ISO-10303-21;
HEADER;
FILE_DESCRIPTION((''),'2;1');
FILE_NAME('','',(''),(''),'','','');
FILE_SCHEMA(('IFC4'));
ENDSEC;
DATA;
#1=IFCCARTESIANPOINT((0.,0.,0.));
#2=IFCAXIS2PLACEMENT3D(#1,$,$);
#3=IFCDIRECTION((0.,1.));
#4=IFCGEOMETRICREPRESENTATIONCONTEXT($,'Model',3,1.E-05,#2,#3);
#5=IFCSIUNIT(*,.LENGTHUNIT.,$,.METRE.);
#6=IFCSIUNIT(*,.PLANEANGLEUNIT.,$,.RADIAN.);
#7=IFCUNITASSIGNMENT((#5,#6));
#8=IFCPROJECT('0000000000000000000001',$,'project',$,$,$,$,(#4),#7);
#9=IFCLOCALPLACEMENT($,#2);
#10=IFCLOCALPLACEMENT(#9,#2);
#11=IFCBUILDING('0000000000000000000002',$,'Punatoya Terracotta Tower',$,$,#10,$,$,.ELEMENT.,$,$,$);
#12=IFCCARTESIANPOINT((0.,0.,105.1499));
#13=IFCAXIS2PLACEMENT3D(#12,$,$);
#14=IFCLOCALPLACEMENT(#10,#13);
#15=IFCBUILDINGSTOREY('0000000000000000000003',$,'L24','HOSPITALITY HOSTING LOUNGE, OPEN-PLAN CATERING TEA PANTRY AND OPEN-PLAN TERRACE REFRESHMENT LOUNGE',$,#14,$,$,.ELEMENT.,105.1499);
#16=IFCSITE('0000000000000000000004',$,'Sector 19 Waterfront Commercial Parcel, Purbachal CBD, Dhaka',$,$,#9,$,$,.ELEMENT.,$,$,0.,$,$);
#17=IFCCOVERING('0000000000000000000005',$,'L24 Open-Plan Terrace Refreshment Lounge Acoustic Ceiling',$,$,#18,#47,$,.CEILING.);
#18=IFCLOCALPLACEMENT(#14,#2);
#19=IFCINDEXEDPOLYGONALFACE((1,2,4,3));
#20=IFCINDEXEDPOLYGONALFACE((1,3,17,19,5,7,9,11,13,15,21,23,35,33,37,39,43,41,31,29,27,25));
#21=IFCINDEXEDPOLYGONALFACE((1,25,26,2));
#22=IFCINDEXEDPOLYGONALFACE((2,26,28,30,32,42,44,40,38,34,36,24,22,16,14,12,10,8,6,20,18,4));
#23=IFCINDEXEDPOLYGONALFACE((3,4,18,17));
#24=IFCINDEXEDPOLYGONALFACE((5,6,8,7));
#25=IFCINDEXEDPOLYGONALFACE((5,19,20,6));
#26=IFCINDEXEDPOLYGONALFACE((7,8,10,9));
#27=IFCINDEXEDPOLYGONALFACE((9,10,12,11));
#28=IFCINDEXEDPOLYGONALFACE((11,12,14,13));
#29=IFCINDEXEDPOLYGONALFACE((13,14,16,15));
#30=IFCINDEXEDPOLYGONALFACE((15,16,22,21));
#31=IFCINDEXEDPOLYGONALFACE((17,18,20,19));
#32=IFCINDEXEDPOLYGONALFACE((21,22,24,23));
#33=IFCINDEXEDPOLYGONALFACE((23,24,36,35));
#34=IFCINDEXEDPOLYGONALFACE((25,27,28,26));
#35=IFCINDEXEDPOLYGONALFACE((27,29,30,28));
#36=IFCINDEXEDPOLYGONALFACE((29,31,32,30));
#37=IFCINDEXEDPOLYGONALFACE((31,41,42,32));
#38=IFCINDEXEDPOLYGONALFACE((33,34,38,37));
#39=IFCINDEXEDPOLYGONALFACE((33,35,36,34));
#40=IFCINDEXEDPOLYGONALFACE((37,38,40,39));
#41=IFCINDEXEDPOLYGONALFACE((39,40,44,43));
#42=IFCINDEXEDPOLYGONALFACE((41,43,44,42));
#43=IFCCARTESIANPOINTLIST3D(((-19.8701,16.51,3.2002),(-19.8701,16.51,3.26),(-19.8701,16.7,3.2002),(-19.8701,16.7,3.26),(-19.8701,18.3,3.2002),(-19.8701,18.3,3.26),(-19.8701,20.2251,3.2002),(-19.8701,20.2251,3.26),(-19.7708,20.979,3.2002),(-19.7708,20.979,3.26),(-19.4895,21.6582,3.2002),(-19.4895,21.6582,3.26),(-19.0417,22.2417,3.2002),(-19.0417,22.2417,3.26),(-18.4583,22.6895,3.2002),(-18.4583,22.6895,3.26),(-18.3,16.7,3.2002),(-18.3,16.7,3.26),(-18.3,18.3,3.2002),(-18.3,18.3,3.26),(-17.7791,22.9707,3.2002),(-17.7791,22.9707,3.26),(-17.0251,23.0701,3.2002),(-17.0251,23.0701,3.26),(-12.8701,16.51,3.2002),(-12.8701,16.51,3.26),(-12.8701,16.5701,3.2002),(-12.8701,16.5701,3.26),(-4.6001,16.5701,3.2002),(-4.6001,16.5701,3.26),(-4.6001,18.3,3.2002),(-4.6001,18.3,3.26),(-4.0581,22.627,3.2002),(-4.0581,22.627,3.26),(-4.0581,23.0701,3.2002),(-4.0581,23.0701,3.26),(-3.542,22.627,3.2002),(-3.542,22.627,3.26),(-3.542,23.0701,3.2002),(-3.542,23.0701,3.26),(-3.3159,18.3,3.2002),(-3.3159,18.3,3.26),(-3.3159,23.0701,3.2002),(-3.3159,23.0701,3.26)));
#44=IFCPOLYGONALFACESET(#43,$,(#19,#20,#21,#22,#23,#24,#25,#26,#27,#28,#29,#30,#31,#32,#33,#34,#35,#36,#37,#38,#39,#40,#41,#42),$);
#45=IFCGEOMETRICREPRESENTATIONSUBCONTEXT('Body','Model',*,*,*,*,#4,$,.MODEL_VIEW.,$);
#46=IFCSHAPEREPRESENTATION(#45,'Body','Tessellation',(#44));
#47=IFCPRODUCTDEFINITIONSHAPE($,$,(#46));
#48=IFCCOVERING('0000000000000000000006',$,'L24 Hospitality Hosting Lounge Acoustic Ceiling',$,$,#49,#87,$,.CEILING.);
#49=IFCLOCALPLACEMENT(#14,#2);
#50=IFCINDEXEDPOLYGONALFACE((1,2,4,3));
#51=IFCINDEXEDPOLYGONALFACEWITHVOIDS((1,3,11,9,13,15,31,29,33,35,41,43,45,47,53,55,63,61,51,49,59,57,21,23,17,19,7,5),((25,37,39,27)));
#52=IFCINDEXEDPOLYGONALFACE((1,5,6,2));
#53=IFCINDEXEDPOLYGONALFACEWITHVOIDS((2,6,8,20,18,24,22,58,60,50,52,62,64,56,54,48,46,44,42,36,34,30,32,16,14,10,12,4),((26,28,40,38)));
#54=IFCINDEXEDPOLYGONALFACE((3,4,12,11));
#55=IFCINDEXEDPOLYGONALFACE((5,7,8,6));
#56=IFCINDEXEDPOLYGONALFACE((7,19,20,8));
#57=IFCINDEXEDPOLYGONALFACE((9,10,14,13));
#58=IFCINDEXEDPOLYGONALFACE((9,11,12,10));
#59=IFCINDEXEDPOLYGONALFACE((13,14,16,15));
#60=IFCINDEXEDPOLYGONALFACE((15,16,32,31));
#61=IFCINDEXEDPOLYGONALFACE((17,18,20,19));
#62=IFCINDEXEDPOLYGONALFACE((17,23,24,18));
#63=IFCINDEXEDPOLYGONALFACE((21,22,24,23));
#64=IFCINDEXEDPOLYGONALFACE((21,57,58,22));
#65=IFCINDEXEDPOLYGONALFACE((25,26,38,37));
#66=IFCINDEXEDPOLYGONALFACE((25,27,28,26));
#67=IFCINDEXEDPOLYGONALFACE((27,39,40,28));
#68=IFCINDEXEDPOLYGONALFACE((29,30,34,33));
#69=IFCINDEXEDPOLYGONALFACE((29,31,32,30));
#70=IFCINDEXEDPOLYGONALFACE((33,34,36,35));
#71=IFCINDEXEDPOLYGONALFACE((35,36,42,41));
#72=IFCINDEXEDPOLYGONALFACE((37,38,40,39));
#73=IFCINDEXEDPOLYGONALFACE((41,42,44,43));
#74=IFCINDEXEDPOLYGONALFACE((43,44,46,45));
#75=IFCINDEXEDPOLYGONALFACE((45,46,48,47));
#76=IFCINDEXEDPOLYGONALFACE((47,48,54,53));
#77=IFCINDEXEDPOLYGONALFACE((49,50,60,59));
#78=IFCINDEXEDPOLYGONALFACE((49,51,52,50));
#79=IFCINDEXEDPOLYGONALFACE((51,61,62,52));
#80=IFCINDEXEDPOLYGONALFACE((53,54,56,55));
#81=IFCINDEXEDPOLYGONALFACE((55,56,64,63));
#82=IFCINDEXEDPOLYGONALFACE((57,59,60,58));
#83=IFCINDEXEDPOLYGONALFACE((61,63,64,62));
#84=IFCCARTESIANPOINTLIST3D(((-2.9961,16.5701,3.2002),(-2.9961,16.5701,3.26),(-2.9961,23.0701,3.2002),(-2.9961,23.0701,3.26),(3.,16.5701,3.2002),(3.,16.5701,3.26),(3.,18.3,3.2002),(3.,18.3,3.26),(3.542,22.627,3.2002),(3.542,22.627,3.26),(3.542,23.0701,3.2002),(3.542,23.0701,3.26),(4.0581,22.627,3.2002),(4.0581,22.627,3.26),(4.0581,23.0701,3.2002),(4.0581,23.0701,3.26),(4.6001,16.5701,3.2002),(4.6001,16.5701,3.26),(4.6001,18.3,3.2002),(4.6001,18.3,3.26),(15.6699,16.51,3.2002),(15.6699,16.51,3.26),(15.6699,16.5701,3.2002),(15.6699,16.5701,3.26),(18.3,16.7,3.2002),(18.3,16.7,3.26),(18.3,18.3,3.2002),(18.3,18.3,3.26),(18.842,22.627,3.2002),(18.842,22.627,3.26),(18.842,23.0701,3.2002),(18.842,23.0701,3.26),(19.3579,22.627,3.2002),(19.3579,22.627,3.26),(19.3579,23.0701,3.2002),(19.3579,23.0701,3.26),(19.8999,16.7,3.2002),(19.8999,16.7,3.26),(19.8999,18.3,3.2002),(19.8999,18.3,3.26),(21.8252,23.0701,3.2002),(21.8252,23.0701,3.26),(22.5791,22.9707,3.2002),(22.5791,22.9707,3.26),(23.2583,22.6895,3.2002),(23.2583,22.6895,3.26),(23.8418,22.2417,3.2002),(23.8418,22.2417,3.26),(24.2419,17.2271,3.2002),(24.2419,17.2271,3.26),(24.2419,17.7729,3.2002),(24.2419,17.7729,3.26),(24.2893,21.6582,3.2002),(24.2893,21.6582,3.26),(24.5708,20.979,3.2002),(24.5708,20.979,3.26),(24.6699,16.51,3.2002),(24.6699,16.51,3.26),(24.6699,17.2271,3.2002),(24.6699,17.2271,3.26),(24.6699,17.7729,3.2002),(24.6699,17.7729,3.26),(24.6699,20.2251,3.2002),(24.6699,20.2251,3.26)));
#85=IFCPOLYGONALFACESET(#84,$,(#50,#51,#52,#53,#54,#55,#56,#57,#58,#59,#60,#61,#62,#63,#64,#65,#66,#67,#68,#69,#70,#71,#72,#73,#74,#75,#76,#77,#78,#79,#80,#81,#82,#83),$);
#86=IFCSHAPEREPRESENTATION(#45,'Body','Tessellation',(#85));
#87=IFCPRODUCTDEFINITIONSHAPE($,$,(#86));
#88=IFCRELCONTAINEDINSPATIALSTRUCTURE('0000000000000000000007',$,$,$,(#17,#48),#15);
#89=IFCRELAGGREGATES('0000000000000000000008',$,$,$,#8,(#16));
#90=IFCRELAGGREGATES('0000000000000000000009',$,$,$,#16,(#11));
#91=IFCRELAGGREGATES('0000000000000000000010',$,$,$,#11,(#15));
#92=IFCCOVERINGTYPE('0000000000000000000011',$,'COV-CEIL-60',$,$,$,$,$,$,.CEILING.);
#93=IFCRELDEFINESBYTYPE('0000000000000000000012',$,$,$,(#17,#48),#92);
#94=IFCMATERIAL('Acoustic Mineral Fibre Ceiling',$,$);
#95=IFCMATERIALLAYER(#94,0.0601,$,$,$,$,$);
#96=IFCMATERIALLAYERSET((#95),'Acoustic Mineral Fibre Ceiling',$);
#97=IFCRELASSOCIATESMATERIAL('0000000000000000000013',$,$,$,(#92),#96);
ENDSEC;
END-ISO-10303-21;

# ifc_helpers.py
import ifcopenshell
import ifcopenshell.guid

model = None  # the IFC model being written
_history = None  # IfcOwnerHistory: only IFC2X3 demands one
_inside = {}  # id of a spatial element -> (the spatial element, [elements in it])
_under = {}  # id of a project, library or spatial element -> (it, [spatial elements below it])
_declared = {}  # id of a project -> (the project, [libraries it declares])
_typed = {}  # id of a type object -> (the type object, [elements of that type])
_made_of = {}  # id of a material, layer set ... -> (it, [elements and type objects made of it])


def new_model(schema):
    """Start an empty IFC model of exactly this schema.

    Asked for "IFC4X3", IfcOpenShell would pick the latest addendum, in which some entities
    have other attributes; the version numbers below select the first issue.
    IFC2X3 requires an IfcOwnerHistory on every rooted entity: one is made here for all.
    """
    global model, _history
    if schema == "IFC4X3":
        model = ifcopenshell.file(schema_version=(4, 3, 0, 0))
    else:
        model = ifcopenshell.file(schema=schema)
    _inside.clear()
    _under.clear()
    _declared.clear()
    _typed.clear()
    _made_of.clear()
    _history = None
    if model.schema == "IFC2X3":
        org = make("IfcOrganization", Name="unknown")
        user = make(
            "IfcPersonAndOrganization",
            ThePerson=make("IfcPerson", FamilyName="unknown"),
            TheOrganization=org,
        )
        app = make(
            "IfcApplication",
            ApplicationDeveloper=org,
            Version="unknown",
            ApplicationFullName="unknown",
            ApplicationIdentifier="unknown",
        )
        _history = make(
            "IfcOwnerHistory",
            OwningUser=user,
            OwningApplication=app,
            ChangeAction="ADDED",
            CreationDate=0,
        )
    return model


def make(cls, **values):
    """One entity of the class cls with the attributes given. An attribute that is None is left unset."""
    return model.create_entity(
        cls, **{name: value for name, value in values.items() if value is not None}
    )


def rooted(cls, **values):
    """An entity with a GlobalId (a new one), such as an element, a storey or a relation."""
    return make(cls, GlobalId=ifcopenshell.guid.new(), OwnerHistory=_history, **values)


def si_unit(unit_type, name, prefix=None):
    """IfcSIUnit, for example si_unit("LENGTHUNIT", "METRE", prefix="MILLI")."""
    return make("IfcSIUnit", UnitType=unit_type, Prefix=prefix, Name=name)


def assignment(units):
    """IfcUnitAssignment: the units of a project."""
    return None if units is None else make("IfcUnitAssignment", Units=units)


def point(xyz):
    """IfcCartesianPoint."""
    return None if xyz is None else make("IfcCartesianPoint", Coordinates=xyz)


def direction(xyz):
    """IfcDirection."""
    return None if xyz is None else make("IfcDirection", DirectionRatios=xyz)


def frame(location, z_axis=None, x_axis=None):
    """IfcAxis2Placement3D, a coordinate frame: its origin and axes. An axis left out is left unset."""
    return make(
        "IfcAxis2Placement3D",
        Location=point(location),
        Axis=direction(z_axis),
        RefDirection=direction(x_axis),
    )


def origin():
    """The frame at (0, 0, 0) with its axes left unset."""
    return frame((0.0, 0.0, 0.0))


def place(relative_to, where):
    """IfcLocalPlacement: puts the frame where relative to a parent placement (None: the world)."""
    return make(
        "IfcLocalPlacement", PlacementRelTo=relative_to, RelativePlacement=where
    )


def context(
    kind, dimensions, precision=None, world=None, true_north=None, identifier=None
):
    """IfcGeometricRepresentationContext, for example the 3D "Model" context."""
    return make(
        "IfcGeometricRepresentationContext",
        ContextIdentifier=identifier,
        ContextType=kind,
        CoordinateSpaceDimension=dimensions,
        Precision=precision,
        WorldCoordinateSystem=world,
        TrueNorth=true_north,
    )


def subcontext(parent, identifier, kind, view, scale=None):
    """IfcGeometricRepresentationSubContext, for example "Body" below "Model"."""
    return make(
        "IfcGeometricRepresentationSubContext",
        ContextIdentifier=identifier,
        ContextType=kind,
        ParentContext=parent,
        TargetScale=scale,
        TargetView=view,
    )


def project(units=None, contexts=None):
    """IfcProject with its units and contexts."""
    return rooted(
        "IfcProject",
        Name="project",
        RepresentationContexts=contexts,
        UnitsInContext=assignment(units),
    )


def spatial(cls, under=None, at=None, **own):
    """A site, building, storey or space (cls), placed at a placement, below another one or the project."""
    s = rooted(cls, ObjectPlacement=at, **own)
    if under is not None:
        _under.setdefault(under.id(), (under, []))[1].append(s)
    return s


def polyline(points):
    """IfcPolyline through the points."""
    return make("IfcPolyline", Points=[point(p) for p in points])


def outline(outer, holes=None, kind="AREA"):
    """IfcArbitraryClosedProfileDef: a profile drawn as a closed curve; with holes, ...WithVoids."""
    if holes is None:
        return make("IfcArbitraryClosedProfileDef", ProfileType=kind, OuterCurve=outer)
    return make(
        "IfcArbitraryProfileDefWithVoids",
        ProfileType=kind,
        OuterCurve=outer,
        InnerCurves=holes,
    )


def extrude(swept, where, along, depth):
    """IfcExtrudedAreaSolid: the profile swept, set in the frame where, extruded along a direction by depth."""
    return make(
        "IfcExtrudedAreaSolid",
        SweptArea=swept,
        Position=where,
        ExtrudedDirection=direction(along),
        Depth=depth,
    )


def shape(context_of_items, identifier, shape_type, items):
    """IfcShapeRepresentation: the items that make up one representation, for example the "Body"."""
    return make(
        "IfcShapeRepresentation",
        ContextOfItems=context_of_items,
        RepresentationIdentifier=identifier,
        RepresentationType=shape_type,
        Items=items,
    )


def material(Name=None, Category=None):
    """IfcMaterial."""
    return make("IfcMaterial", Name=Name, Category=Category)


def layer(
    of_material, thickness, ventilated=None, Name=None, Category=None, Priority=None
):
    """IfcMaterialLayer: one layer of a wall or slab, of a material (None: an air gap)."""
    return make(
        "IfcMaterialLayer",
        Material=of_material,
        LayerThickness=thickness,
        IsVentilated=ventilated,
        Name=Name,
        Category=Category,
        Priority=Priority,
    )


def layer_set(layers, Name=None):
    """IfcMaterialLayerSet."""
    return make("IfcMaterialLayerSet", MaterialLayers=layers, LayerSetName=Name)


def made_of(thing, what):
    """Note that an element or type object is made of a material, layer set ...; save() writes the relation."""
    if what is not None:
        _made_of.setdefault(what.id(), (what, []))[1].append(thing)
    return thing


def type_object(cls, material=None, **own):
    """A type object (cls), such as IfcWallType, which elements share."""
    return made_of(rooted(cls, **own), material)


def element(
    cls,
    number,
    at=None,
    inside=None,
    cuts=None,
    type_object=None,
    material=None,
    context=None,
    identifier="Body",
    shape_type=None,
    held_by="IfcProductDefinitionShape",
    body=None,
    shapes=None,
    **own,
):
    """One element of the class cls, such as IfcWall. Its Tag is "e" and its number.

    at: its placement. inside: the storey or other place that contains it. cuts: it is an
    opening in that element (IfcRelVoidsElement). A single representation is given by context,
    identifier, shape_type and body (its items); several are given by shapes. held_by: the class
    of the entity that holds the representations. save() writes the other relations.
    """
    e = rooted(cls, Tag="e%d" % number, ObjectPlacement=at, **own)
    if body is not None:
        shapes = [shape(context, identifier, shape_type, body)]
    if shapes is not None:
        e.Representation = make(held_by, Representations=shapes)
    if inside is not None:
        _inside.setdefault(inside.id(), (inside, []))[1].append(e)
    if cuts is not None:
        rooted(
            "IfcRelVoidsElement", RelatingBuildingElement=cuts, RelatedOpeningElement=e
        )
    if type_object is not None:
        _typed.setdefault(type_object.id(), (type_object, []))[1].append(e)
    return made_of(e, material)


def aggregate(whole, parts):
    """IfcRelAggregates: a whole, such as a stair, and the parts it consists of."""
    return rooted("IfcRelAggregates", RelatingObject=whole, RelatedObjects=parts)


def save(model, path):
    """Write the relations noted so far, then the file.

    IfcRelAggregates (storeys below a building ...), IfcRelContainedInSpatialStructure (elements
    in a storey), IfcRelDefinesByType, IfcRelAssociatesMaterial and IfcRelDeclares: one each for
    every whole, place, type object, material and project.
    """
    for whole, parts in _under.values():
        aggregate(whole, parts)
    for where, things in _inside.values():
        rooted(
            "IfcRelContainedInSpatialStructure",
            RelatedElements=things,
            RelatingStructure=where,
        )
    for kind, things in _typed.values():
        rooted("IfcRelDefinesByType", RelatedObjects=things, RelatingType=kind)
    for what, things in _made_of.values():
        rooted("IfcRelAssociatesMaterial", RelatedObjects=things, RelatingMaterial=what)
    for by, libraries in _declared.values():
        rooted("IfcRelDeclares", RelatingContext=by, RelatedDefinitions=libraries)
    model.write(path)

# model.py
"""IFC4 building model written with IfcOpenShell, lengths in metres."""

from ifc_helpers import new_model, si_unit, direction, frame, origin, place, context, subcontext, project, spatial, polyline, outline, extrude, material, layer, layer_set, type_object, element, save


model = new_model("IFC4")

# Units and contexts
model_context = context("Model", 3, precision=1e-05, world=origin(), true_north=direction((0.0, 1.0)))
body_context = subcontext(model_context, "Body", "Model", "MODEL_VIEW")
ifc_project = project(units=[si_unit("LENGTHUNIT", "METRE"), si_unit("PLANEANGLEUNIT", "RADIAN")], contexts=[model_context])

# Site, building, storey
site_placement = place(None, origin())
site = spatial("IfcSite", under=ifc_project, at=site_placement, Name="Sector 19 Waterfront Commercial Parcel, Purbachal CBD, Dhaka", CompositionType="ELEMENT", RefElevation=0.0)
building_placement = place(site_placement, origin())
building = spatial("IfcBuilding", under=site, at=building_placement, Name="Punatoya Terracotta Tower", CompositionType="ELEMENT")
storey_placement = place(building_placement, frame((0.0, 0.0, 105.1499)))
storey = spatial("IfcBuildingStorey", under=building, at=storey_placement, Name="L24", Description="HOSPITALITY HOSTING LOUNGE, OPEN-PLAN CATERING TEA PANTRY AND OPEN-PLAN TERRACE REFRESHMENT LOUNGE", CompositionType="ELEMENT", Elevation=105.1499)

# Coverings
ifc_material_1 = material(Name="Acoustic Mineral Fibre Ceiling")
ifc_layer_1 = layer(ifc_material_1, 0.0601)
ifc_layer_set_1 = layer_set([ifc_layer_1], Name="Acoustic Mineral Fibre Ceiling")
covering_type = type_object("IfcCoveringType", Name="COV-CEIL-60", PredefinedType="CEILING", material=ifc_layer_set_1)
covering_1_placement = place(storey_placement, frame((0.0, 0.0, 3.2002)))
element("IfcCovering", 1, at=covering_1_placement, inside=storey, type_object=covering_type, Name="L24 Open-Plan Terrace Refreshment Lounge Acoustic Ceiling", PredefinedType="CEILING", context=body_context, shape_type="SweptSolid", body=[
    extrude(outline(polyline([(-17.7791, 22.9707), (-18.4583, 22.6895), (-19.0417, 22.2417), (-19.4895, 21.6582), (-19.7708, 20.979), (-19.8701, 20.2251), (-19.8701, 18.3), (-18.3, 18.3), (-18.3, 16.7), (-19.8701, 16.7), (-19.8701, 16.51), (-12.8701, 16.51), (-12.8701, 16.5701), (-4.6001, 16.5701), (-4.6001, 18.3), (-3.3159, 18.3), (-3.3159, 23.0701), (-3.542, 23.0701), (-3.542, 22.627), (-4.0581, 22.627), (-4.0581, 23.0701), (-17.0251, 23.0701), (-17.7791, 22.9707)])), origin(), (0.0, 0.0, 1.0), 0.0598),
])
covering_2_placement = place(storey_placement, frame((0.0, 0.0, 3.2002)))
element("IfcCovering", 2, at=covering_2_placement, inside=storey, type_object=covering_type, Name="L24 Hospitality Hosting Lounge Acoustic Ceiling", PredefinedType="CEILING", context=body_context, shape_type="SweptSolid", body=[
    extrude(outline(polyline([(3.0, 16.5701), (3.0, 18.3), (4.6001, 18.3), (4.6001, 16.5701), (15.6699, 16.5701), (15.6699, 16.51), (24.6699, 16.51), (24.6699, 17.2271), (24.2419, 17.2271), (24.2419, 17.7729), (24.6699, 17.7729), (24.6699, 20.2251), (24.5708, 20.979), (24.2893, 21.6582), (23.8418, 22.2417), (23.2583, 22.6895), (22.5791, 22.9707), (21.8252, 23.0701), (19.3579, 23.0701), (19.3579, 22.627), (18.842, 22.627), (18.842, 23.0701), (4.0581, 23.0701), (4.0581, 22.627), (3.542, 22.627), (3.542, 23.0701), (-2.9961, 23.0701), (-2.9961, 16.5701), (3.0, 16.5701)]), holes=[polyline([(19.8999, 18.3), (19.8999, 16.7), (18.3, 16.7), (18.3, 18.3), (19.8999, 18.3)])]), origin(), (0.0, 0.0, 1.0), 0.0598),
])

save(model, "model.ifc")
